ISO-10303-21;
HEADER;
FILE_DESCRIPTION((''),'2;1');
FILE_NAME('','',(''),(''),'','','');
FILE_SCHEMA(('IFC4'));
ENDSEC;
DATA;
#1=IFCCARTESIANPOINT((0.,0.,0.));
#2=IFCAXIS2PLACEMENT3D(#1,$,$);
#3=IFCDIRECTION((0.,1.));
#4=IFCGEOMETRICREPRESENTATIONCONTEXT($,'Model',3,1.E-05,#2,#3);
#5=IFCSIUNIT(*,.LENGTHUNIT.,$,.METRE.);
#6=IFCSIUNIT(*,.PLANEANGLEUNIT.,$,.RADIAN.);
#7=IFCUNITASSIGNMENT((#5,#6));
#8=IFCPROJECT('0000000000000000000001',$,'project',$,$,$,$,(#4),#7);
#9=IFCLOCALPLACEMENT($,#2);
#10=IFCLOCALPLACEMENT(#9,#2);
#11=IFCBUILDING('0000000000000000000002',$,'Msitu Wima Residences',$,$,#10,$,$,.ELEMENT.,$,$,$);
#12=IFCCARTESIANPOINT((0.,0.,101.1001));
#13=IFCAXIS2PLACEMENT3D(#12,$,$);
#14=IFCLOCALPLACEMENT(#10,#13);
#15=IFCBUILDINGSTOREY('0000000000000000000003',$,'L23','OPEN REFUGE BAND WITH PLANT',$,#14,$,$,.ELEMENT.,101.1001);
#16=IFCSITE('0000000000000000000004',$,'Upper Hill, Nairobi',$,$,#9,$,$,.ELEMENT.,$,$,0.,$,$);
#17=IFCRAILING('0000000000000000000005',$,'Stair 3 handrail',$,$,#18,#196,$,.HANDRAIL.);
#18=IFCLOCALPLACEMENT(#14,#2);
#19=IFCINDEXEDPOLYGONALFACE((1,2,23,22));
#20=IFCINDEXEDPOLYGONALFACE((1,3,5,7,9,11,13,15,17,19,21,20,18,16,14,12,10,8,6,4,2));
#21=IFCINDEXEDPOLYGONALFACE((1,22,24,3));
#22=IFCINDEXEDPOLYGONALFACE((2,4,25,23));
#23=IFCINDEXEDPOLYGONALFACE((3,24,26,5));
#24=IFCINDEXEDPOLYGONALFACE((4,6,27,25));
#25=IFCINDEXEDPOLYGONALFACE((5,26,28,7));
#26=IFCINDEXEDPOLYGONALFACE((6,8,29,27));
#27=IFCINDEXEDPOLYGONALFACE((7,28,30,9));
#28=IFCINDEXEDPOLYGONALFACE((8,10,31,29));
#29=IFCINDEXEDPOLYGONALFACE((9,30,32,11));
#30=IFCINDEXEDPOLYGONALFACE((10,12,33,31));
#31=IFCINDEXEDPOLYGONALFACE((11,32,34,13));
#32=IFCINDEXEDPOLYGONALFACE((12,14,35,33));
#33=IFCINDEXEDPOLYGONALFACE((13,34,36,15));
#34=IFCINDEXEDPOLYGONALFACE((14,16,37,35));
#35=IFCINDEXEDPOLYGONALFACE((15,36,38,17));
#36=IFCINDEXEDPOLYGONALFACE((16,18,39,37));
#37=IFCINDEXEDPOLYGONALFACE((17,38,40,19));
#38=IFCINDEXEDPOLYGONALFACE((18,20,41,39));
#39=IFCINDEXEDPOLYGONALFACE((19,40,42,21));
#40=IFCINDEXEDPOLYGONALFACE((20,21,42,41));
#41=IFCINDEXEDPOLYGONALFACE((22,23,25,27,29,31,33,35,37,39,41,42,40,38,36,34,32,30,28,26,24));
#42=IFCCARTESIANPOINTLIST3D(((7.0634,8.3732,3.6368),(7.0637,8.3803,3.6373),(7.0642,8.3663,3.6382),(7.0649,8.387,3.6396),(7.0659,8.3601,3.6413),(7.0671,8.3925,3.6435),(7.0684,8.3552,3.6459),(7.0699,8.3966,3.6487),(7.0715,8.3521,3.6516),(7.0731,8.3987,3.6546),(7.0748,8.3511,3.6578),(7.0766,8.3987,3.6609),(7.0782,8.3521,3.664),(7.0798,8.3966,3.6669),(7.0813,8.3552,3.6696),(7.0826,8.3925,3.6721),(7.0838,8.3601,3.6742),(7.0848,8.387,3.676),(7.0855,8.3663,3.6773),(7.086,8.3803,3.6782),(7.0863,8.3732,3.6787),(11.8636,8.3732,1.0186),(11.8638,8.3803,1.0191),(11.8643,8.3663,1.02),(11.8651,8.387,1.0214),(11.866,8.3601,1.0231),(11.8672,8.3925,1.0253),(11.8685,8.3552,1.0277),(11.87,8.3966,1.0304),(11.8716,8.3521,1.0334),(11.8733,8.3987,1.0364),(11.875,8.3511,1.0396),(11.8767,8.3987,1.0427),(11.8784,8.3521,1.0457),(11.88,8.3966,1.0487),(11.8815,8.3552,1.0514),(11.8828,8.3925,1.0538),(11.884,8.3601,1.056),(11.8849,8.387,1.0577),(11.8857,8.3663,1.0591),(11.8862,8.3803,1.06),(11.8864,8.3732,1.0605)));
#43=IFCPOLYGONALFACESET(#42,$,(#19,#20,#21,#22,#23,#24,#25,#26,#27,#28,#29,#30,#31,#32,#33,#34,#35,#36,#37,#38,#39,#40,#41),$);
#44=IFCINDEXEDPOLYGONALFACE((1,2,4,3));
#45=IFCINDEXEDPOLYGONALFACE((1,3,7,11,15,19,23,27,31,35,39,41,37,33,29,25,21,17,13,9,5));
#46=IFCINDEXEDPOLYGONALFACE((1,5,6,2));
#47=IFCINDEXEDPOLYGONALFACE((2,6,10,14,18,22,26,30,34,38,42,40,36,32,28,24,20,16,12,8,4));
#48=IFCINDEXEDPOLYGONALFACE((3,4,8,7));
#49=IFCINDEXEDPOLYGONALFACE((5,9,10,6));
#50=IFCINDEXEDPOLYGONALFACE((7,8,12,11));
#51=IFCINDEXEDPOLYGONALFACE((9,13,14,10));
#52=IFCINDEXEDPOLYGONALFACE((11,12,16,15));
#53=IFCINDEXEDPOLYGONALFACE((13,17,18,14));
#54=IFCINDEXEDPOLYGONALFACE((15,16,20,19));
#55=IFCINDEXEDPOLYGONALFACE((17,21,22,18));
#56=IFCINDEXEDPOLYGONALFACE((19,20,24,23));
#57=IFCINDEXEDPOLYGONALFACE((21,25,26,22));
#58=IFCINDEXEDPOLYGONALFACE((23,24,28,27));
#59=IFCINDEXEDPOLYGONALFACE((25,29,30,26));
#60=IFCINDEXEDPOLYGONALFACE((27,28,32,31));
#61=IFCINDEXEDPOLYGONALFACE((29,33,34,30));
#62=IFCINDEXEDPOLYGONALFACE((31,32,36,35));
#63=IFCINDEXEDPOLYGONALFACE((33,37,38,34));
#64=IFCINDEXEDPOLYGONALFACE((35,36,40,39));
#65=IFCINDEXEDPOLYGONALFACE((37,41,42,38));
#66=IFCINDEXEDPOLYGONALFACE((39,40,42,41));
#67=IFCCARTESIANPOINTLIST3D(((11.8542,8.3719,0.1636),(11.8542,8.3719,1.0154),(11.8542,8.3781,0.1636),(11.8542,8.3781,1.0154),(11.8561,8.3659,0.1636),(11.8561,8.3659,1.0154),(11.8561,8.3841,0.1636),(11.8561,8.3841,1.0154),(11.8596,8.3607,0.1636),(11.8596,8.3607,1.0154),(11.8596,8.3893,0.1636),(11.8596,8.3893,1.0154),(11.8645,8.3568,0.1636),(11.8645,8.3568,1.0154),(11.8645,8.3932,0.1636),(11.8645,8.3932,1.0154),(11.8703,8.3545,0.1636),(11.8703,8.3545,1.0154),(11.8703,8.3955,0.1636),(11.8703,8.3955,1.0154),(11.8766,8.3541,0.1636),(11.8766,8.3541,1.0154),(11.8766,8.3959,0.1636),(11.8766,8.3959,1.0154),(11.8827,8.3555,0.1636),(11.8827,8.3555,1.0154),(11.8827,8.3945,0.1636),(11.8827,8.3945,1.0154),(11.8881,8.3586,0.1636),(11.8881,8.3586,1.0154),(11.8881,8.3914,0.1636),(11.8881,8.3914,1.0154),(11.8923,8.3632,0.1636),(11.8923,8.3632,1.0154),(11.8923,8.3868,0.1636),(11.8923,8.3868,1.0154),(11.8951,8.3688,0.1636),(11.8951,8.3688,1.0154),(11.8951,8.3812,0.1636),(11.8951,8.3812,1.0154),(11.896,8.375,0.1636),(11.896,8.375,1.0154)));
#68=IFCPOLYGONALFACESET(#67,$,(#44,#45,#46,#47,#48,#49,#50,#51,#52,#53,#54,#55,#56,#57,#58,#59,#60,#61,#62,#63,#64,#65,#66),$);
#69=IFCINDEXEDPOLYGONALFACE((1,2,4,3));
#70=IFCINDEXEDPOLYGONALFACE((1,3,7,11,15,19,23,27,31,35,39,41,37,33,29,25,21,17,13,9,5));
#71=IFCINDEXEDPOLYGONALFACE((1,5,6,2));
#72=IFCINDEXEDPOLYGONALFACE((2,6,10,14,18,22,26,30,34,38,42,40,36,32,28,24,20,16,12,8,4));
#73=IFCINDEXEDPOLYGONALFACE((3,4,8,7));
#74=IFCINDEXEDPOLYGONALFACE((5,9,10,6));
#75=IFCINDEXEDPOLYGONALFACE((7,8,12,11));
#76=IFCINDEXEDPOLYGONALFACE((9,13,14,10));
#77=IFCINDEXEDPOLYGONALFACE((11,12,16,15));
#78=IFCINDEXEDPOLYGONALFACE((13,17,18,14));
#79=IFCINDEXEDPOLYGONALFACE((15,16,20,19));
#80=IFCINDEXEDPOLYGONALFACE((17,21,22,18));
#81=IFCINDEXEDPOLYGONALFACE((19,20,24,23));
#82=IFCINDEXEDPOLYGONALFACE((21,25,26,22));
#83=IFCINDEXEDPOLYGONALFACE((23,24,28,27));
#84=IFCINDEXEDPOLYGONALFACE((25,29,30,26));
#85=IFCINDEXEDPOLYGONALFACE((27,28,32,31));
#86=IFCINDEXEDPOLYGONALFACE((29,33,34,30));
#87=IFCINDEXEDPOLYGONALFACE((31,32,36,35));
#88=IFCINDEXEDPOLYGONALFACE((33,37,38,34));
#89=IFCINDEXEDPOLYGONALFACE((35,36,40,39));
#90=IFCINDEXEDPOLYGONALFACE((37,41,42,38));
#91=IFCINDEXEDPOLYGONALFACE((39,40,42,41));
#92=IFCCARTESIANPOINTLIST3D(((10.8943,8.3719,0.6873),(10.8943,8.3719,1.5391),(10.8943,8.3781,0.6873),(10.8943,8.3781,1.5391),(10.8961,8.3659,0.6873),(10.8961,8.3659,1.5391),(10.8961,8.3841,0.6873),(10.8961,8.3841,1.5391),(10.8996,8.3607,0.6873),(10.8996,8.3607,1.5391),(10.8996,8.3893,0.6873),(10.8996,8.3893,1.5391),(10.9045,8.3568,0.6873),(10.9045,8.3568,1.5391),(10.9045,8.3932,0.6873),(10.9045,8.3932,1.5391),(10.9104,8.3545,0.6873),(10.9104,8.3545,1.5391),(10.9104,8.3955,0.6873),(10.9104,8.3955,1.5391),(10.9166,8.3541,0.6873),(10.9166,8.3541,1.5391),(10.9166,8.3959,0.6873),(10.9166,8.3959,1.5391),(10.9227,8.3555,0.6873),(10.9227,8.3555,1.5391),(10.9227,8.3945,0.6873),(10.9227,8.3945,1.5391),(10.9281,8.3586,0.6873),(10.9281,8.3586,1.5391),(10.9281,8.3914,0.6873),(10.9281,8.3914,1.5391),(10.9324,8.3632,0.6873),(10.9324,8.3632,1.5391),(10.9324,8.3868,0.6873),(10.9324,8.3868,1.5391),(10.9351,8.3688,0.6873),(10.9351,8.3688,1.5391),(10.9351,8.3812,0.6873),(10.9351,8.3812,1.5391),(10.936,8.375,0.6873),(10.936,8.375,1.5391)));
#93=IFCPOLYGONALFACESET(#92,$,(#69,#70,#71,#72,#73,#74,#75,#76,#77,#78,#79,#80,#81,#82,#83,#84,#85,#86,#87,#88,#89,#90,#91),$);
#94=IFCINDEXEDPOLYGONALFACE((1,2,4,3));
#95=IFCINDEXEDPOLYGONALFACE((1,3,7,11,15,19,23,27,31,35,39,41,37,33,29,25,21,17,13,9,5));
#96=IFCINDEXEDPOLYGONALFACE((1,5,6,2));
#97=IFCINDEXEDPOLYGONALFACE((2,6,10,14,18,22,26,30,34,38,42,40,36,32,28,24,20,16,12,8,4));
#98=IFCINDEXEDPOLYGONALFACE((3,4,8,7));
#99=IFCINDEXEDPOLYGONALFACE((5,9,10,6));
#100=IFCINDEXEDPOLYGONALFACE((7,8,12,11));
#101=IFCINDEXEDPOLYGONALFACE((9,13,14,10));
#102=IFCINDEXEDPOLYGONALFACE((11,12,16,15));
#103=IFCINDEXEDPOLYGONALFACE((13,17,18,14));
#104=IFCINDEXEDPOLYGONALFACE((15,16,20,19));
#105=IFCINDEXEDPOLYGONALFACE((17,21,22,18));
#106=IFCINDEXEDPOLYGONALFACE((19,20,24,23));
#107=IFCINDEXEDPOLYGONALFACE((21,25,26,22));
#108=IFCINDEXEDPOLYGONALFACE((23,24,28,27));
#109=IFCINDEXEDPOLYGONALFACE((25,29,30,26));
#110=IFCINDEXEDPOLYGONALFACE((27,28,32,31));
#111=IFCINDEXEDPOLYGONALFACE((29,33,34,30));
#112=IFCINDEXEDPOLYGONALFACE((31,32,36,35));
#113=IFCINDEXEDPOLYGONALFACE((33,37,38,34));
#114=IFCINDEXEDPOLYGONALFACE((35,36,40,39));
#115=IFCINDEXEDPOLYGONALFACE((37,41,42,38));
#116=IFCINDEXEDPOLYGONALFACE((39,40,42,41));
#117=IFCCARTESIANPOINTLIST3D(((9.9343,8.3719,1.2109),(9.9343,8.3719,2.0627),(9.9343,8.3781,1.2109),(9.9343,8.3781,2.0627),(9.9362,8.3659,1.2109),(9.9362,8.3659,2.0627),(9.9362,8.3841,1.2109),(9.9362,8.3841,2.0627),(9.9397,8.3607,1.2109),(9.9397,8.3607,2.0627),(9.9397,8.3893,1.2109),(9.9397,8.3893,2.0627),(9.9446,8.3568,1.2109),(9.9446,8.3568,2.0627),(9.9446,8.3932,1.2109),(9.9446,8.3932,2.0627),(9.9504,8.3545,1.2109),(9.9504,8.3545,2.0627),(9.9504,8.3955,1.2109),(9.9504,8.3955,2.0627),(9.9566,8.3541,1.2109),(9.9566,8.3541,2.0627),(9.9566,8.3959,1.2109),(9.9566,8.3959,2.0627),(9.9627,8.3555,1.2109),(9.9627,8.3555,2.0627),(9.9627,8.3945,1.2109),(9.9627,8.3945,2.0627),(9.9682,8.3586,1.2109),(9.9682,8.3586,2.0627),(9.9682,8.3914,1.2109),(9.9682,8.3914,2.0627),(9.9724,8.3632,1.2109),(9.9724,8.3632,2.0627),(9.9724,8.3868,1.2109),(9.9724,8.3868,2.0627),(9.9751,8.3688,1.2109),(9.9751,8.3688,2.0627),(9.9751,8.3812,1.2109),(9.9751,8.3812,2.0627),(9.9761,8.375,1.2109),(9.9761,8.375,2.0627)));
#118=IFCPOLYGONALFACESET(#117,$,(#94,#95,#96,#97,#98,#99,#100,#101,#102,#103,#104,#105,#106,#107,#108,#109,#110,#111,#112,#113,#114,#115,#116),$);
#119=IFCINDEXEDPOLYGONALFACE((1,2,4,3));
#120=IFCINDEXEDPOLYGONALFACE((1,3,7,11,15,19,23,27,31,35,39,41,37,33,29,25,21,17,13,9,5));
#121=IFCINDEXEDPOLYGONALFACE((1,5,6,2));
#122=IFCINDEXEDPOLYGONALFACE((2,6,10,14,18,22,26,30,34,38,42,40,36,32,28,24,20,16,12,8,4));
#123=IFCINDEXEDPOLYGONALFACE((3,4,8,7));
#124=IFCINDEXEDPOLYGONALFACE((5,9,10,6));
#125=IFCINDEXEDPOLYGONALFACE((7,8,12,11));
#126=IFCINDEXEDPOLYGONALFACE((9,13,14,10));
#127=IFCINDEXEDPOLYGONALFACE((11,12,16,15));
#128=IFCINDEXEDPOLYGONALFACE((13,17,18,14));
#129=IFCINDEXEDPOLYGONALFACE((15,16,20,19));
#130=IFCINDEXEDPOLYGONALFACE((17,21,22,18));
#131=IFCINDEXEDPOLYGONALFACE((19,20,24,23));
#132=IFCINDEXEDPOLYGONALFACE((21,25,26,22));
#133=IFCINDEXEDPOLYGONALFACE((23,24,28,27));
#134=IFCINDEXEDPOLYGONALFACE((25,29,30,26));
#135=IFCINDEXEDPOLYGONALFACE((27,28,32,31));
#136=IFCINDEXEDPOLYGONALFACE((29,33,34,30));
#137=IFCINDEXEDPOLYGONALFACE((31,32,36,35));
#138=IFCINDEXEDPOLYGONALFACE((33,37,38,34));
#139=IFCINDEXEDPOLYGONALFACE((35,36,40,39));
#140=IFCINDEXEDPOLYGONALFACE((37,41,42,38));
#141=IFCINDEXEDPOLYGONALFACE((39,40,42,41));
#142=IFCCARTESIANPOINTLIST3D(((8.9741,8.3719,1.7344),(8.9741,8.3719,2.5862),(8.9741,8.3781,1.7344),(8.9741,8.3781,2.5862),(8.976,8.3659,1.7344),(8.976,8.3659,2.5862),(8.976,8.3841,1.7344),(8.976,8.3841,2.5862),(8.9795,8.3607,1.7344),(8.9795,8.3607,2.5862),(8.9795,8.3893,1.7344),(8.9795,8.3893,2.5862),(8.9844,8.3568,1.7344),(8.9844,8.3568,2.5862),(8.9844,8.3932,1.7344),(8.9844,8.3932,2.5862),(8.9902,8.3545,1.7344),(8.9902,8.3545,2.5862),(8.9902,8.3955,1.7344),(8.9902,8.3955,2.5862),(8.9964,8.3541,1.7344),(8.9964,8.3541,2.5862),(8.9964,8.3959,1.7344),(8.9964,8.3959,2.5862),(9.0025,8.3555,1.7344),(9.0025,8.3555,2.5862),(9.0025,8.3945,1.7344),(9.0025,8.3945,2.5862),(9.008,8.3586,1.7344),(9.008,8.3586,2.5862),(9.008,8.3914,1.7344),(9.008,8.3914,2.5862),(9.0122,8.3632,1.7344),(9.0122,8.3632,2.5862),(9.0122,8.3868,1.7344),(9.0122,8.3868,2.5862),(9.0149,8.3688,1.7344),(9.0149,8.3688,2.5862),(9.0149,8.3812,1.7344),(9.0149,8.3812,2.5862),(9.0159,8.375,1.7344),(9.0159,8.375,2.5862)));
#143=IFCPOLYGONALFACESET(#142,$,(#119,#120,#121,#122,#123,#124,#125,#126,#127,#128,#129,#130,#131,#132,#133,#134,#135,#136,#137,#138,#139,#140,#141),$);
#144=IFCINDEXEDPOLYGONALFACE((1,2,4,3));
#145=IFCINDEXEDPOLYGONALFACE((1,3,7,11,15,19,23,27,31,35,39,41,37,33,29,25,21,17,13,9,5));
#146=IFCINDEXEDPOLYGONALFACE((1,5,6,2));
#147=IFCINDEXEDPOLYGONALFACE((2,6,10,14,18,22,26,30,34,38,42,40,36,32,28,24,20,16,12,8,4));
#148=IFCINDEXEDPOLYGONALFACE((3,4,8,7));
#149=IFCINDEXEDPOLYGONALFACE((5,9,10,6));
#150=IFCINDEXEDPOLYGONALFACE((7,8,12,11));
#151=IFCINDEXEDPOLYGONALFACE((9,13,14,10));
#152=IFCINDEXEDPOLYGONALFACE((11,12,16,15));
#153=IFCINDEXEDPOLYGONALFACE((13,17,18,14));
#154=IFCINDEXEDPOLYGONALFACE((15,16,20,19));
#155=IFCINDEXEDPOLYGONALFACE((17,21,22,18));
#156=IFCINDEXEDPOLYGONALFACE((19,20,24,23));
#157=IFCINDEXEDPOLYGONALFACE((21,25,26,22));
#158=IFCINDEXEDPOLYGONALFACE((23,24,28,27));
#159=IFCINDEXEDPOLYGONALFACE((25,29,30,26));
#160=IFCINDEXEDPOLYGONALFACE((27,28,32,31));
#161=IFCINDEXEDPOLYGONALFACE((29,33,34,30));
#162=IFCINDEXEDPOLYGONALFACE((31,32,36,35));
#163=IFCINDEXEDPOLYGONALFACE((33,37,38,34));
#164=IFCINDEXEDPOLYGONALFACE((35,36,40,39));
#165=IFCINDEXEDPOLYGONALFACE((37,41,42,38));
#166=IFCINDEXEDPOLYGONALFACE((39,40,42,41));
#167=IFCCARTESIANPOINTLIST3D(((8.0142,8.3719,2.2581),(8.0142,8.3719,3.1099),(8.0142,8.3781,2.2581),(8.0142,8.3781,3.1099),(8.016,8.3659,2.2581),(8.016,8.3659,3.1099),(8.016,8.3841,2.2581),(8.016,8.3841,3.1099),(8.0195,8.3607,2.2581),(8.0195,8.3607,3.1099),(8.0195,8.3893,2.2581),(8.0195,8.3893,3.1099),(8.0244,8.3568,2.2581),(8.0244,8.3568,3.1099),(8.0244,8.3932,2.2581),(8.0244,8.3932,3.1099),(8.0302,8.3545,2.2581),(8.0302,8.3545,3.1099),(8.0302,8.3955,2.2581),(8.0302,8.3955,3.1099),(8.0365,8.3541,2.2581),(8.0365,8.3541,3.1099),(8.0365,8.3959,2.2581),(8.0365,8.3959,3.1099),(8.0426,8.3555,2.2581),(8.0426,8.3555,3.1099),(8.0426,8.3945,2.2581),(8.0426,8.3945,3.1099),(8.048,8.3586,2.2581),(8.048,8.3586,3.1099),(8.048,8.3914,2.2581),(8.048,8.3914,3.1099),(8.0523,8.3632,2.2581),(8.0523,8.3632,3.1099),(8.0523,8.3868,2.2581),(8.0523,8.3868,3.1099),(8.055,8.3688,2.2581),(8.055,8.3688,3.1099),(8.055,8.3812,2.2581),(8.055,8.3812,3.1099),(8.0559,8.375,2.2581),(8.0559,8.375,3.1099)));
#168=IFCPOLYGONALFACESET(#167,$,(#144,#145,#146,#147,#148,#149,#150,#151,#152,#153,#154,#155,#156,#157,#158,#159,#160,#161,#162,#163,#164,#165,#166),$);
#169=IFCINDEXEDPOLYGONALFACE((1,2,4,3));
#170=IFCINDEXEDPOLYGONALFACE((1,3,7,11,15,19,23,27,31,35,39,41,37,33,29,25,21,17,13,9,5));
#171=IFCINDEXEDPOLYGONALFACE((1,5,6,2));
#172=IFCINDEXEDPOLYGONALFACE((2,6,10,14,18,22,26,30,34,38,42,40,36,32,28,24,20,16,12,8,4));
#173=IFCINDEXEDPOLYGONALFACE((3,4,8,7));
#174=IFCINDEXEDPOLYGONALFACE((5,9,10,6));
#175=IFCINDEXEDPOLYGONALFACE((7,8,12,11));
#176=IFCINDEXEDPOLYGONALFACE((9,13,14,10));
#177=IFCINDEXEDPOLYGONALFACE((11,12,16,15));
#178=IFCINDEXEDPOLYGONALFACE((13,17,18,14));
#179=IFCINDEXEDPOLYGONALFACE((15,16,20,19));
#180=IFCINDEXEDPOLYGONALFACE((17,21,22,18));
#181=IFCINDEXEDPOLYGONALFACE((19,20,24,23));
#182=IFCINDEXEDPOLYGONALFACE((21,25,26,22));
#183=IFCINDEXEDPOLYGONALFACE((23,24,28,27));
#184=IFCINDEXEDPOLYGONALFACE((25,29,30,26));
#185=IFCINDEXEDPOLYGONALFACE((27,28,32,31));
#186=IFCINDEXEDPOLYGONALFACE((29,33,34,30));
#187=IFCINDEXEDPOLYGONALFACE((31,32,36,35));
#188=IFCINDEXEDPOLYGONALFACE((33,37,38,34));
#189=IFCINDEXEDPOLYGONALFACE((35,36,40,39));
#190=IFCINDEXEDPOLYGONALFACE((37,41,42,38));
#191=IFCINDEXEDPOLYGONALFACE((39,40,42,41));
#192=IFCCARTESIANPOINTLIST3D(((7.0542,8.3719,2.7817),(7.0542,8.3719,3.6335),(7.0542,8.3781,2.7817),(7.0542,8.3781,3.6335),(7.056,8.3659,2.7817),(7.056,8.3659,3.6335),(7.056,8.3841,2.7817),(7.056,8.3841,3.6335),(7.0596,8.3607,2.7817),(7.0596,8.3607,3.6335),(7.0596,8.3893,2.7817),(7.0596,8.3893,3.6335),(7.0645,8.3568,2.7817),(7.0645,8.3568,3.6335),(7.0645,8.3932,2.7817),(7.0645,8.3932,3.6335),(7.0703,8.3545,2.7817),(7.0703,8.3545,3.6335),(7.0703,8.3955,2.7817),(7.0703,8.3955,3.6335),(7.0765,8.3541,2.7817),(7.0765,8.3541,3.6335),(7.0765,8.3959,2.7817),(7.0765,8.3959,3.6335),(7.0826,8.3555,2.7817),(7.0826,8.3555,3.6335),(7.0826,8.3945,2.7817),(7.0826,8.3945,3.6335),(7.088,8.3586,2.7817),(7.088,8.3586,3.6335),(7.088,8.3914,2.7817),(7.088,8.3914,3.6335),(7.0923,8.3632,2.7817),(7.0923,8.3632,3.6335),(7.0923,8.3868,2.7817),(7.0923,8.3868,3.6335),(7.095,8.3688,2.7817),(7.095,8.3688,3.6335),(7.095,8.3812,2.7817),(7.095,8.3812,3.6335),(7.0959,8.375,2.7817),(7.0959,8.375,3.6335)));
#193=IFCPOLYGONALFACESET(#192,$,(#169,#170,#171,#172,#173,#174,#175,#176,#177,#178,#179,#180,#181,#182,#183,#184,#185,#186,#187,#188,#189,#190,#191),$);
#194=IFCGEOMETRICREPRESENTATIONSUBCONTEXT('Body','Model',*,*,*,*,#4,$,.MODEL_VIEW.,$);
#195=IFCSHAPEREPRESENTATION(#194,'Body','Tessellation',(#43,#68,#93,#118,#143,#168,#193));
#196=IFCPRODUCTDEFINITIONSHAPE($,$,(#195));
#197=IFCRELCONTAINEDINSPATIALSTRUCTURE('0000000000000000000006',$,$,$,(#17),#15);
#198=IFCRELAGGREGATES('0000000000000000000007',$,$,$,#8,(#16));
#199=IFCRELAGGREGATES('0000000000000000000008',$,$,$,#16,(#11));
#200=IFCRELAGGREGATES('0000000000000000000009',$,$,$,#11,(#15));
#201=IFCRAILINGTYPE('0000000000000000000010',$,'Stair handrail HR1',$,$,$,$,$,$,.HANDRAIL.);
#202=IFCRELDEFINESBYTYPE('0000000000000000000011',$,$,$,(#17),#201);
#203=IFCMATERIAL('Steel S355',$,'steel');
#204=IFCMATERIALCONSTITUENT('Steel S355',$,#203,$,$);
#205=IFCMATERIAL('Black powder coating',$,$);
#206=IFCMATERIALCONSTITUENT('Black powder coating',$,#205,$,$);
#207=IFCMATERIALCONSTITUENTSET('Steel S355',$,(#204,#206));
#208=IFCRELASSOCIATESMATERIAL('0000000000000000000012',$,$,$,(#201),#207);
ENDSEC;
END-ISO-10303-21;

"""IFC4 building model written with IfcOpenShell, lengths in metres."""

from ifc_helpers import new_model, si_unit, direction, frame, origin, origin_2d, place, context, subcontext, project, spatial, circle, extrude, material, constituent, constituent_set, type_object, element, save


model = new_model("IFC4")

# Units and contexts
model_context = context("Model", 3, precision=1e-05, world=origin(), true_north=direction((0.0, 1.0)))
body_context = subcontext(model_context, "Body", "Model", "MODEL_VIEW")
ifc_project = project(units=[si_unit("LENGTHUNIT", "METRE"), si_unit("PLANEANGLEUNIT", "RADIAN")], contexts=[model_context])

# Site, building, storey
site_placement = place(None, origin())
site = spatial("IfcSite", under=ifc_project, at=site_placement, Name="Upper Hill, Nairobi", CompositionType="ELEMENT", RefElevation=0.0)
building_placement = place(site_placement, origin())
building = spatial("IfcBuilding", under=site, at=building_placement, Name="Msitu Wima Residences", CompositionType="ELEMENT")
storey_placement = place(building_placement, frame((0.0, 0.0, 101.1001)))
storey = spatial("IfcBuildingStorey", under=building, at=storey_placement, Name="L23", Description="OPEN REFUGE BAND WITH PLANT", CompositionType="ELEMENT", Elevation=101.1001)

# Railing
ifc_material_1 = material(Name="Steel S355", Category="steel")
ifc_constituent_1 = constituent(ifc_material_1, Name="Steel S355")
ifc_material_2 = material(Name="Black powder coating")
ifc_constituent_2 = constituent(ifc_material_2, Name="Black powder coating")
ifc_constituent_set_1 = constituent_set(constituents=[ifc_constituent_1, ifc_constituent_2], Name="Steel S355")
railing_type_1 = type_object("IfcRailingType", Name="Stair handrail HR1", PredefinedType="HANDRAIL", material=ifc_constituent_set_1)
for number, where, name in (
    (1, (11.875, 8.375, 0.1636), "Stair 3 handrail"),
):
    element("IfcRailing", number, at=place(storey_placement, frame(where)), inside=storey, type_object=railing_type_1, Name=name, PredefinedType="HANDRAIL", context=body_context, shape_type="SweptSolid", body=[
        extrude(circle(Radius=0.0239, at=origin_2d()), frame((0.0, 0.0, 0.876), z_axis=(-0.877899, 0.0, 0.478846), x_axis=(0.0, -1.0, 0.0)), (0.0, 0.0, 1.0), 5.4678),
        extrude(circle(Radius=0.021, at=origin_2d()), origin(), (0.0, 0.0, 1.0), 0.8518),
        extrude(circle(Radius=0.021, at=origin_2d()), frame((-0.96, 0.0, 0.5237)), (0.0, 0.0, 1.0), 0.8518),
        extrude(circle(Radius=0.021, at=origin_2d()), frame((-1.9199, 0.0, 1.0474)), (0.0, 0.0, 1.0), 0.8518),
        extrude(circle(Radius=0.021, at=origin_2d()), frame((-2.8801, 0.0, 1.5708)), (0.0, 0.0, 1.0), 0.8518),
        extrude(circle(Radius=0.021, at=origin_2d()), frame((-3.8401, 0.0, 2.0945)), (0.0, 0.0, 1.0), 0.8518),
        extrude(circle(Radius=0.021, at=origin_2d()), frame((-4.8, 0.0, 2.6182)), (0.0, 0.0, 1.0), 0.8518),
    ])

save(model, "model.ifc")
